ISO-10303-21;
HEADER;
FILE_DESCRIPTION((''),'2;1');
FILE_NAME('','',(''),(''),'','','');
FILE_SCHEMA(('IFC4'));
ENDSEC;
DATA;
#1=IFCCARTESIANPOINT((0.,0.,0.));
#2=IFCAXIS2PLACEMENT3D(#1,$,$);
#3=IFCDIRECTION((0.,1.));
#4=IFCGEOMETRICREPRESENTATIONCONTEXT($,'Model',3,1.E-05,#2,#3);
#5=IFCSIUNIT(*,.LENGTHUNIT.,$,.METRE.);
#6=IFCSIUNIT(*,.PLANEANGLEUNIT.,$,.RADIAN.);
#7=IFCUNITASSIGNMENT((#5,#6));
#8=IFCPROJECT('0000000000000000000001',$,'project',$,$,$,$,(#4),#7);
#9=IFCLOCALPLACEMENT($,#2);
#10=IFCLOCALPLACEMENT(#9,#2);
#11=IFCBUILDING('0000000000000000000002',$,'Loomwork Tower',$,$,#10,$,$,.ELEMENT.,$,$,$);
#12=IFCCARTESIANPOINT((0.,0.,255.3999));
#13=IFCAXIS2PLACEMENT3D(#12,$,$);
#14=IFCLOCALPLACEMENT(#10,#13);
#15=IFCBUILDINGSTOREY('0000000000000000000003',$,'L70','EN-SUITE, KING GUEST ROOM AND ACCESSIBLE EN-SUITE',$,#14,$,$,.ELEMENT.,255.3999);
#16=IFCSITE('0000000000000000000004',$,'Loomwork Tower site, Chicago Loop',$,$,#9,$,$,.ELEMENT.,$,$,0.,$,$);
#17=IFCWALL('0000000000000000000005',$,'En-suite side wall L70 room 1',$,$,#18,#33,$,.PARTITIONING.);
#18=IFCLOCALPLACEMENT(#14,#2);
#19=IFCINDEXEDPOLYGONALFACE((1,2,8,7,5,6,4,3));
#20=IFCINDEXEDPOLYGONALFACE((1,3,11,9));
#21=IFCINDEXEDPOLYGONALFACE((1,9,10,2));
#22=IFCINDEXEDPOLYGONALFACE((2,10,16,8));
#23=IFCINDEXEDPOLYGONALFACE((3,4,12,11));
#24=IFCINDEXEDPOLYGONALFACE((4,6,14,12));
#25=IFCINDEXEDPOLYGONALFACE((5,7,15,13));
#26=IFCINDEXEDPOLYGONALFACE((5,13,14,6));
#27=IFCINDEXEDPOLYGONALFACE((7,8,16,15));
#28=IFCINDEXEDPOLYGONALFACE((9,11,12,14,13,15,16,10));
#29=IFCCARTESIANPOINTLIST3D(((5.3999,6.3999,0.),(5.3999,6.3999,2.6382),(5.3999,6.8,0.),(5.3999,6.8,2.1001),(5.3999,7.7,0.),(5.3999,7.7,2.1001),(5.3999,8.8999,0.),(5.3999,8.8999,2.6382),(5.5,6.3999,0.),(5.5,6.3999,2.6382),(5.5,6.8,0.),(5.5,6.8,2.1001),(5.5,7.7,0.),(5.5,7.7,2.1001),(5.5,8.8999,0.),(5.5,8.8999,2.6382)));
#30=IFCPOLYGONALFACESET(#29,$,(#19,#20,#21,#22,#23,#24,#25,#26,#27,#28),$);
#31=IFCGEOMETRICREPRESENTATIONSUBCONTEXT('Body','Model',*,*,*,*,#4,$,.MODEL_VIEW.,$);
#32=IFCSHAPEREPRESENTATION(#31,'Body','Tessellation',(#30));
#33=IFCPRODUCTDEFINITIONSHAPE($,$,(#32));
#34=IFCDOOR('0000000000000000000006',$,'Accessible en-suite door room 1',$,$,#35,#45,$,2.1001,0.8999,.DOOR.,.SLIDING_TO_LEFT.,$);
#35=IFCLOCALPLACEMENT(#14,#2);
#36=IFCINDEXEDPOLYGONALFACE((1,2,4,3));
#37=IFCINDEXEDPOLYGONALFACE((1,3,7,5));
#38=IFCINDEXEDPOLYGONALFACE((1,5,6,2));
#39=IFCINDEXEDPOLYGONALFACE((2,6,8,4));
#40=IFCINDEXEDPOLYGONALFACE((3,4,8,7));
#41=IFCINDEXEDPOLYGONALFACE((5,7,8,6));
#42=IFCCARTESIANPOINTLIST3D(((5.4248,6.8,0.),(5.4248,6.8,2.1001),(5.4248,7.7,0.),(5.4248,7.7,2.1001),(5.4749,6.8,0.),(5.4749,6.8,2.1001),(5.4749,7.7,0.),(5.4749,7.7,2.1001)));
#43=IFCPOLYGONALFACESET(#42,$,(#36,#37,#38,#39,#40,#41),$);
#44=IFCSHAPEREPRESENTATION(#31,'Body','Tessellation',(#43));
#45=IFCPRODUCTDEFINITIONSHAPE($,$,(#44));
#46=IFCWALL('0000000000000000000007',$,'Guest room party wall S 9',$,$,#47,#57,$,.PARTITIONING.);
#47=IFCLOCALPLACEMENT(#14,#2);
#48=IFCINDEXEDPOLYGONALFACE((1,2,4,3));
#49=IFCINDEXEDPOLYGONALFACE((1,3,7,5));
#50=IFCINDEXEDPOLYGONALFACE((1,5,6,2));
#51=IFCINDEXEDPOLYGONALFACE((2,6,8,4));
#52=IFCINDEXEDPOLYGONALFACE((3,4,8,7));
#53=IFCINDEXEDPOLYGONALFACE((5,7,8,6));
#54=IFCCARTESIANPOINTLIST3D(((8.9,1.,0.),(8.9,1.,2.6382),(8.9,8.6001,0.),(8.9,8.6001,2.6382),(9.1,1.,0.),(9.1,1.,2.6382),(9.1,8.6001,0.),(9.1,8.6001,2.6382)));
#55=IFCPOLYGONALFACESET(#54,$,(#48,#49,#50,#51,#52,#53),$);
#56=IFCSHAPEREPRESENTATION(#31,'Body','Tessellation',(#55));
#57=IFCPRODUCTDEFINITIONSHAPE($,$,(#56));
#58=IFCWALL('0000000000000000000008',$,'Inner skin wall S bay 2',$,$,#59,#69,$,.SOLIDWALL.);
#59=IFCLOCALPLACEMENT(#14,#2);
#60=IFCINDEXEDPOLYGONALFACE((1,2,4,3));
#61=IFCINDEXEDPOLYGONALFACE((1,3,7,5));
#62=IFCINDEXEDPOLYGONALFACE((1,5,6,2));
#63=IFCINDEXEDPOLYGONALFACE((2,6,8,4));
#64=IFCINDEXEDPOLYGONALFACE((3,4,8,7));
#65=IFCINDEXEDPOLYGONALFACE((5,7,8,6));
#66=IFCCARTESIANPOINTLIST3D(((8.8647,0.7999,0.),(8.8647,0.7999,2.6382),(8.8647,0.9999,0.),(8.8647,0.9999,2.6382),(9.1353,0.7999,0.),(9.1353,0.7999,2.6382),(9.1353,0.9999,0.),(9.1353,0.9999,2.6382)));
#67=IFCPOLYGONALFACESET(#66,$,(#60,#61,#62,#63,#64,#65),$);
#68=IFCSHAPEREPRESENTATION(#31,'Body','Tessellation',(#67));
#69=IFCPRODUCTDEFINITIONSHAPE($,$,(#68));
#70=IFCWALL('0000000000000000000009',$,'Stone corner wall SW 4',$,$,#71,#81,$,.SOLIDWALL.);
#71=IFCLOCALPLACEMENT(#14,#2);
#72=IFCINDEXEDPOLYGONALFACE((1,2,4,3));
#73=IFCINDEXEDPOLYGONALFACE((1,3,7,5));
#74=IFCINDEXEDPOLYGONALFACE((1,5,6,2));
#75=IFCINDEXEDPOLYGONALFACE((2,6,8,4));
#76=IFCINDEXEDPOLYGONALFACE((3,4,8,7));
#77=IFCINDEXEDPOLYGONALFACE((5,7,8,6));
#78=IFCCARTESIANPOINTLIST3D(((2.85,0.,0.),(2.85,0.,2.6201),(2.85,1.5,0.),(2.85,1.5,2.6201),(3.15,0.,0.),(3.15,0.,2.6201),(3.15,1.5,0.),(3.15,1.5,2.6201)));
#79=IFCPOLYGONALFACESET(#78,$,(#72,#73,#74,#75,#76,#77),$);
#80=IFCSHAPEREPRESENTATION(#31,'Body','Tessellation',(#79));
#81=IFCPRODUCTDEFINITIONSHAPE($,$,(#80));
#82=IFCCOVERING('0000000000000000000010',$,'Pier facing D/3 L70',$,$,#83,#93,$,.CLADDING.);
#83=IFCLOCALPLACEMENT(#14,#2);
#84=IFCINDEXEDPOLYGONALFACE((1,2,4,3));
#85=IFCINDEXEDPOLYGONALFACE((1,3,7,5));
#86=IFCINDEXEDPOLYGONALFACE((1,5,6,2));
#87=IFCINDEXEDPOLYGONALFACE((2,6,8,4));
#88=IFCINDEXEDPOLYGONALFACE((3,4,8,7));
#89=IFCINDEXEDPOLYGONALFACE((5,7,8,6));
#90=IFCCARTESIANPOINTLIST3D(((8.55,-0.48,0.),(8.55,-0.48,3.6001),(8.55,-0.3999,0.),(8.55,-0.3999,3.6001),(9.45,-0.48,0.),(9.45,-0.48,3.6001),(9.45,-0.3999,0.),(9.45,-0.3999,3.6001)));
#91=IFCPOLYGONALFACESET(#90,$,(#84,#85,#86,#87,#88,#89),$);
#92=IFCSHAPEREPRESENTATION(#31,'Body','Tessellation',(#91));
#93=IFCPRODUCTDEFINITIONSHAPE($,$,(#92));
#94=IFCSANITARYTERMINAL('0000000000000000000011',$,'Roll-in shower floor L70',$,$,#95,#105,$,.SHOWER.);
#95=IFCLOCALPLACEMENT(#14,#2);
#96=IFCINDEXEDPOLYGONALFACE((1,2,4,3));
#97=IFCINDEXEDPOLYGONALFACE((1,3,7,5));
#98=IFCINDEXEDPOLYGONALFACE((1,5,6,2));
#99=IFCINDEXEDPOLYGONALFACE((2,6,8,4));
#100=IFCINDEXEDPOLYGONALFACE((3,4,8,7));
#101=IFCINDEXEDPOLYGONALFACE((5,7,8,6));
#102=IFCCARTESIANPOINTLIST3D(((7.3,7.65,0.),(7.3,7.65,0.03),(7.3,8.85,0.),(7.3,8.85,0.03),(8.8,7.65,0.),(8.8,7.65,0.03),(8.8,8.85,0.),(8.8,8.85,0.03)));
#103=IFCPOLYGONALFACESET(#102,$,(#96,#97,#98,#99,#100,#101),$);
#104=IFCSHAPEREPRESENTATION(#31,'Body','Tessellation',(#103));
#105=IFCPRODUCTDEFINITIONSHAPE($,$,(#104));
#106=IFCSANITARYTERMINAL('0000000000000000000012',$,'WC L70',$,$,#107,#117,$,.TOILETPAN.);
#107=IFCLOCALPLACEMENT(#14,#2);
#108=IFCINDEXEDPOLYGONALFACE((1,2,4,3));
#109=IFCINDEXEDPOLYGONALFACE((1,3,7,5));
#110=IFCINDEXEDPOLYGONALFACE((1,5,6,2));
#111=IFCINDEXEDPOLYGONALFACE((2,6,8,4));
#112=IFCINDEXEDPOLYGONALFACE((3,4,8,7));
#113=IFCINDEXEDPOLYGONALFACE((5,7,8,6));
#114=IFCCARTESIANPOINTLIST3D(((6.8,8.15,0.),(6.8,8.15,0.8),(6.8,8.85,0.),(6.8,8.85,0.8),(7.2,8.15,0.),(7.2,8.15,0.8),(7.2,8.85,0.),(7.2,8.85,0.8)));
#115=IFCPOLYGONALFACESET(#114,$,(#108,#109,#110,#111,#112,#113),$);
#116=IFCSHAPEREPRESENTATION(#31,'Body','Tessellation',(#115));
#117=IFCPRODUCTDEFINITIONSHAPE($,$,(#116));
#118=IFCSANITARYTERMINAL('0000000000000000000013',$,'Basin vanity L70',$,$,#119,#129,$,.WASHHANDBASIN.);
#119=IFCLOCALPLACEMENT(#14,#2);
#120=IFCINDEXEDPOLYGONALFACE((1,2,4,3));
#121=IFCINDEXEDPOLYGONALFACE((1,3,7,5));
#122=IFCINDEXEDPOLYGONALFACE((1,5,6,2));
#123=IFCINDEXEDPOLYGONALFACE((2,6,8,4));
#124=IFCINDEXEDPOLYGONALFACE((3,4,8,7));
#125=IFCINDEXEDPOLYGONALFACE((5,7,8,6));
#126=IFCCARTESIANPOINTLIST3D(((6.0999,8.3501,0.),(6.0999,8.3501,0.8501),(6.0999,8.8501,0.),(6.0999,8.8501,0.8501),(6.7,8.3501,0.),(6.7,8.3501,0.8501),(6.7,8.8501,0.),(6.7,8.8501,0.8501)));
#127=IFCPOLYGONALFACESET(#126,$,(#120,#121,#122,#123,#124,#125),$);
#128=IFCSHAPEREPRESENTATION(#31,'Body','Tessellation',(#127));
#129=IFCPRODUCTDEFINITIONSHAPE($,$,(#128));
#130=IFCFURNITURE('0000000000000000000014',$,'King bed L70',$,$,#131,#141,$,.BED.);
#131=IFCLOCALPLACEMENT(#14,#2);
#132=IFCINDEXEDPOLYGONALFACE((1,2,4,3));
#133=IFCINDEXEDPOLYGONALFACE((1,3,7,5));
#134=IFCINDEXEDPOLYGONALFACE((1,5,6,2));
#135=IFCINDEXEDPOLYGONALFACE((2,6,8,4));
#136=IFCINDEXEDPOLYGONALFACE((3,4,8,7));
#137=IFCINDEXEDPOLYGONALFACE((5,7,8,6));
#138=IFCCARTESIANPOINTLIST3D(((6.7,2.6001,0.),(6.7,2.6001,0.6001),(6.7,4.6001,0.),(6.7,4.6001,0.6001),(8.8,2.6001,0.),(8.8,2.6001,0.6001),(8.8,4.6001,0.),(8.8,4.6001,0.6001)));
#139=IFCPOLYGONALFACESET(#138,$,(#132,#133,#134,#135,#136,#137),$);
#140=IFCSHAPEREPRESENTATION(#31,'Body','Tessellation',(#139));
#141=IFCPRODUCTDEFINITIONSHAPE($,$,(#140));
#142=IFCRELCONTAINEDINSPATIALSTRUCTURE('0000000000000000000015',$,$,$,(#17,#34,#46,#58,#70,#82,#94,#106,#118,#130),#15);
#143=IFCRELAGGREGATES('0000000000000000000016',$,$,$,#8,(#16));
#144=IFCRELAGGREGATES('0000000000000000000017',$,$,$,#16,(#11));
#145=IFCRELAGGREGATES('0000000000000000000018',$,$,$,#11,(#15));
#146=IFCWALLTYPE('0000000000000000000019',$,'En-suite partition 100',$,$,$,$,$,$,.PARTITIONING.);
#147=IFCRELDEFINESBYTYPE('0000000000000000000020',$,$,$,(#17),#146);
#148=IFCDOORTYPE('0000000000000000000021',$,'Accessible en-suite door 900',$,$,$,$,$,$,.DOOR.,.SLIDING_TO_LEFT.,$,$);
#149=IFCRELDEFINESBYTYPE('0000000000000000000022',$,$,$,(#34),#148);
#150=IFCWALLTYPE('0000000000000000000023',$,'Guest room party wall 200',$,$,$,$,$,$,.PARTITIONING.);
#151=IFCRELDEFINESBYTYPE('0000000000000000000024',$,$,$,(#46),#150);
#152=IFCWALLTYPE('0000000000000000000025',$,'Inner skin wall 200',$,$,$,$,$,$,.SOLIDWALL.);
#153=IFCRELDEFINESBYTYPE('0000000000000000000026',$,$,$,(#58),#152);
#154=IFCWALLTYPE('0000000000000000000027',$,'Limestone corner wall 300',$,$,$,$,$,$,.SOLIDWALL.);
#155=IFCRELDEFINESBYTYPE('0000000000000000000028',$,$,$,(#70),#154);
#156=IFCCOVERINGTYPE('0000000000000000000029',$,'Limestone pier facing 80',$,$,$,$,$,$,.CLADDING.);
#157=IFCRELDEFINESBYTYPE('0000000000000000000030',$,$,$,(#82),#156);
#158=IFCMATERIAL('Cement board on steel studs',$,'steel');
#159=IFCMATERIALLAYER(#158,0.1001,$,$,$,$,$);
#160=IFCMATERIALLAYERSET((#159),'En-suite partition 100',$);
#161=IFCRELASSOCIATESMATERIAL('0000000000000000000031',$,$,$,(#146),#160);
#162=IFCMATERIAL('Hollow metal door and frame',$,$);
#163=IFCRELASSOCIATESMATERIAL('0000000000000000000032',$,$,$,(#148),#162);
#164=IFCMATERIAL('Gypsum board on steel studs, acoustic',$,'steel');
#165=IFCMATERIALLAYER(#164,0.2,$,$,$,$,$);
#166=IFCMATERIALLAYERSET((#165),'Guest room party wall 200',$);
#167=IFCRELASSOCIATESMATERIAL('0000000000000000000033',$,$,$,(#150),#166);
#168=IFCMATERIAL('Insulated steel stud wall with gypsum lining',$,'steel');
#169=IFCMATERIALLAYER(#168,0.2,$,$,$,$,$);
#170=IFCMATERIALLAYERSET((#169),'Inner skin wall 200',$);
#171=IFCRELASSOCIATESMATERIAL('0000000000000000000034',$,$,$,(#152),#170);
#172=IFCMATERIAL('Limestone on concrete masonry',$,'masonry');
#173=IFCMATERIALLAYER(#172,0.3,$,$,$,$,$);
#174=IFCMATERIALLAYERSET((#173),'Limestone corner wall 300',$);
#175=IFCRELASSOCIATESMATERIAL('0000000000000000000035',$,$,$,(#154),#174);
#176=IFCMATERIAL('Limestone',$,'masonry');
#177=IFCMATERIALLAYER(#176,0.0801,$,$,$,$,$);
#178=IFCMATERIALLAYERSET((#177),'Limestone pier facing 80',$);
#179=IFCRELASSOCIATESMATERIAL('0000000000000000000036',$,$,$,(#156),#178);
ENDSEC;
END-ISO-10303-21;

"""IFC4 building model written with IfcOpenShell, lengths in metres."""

from ifc_helpers import new_model, si_unit, direction, frame, frame_2d, origin, origin_2d, place, context, subcontext, project, spatial, rectangle, extrude, material, layer, layer_set, type_object, element, fill, save


model = new_model("IFC4")

# Units and contexts
model_context = context("Model", 3, precision=1e-05, world=origin(), true_north=direction((0.0, 1.0)))
body_context = subcontext(model_context, "Body", "Model", "MODEL_VIEW")
ifc_project = project(units=[si_unit("LENGTHUNIT", "METRE"), si_unit("PLANEANGLEUNIT", "RADIAN")], contexts=[model_context])

# Site, building, storey
site_placement = place(None, origin())
site = spatial("IfcSite", under=ifc_project, at=site_placement, Name="Loomwork Tower site, Chicago Loop", CompositionType="ELEMENT", RefElevation=0.0)
building_placement = place(site_placement, origin())
building = spatial("IfcBuilding", under=site, at=building_placement, Name="Loomwork Tower", CompositionType="ELEMENT")
storey_placement = place(building_placement, frame((0.0, 0.0, 255.3999)))
storey = spatial("IfcBuildingStorey", under=building, at=storey_placement, Name="L70", Description="EN-SUITE, KING GUEST ROOM AND ACCESSIBLE EN-SUITE", CompositionType="ELEMENT", Elevation=255.3999)

# Shared definitions
ifc_material_1 = material(Name="Cement board on steel studs", Category="steel")
ifc_layer_1 = layer(ifc_material_1, 0.1001)
ifc_layer_set_1 = layer_set([ifc_layer_1], Name="En-suite partition 100")
wall_type_1 = type_object("IfcWallType", Name="En-suite partition 100", PredefinedType="PARTITIONING", material=ifc_layer_set_1)

# Wall, opening, door
wall_1_placement = place(storey_placement, frame((5.45, 8.8999, 0.0), z_axis=(0.0, 0.0, 1.0), x_axis=(0.0, -1.0, 0.0)))
wall_1 = element("IfcWall", 1, at=wall_1_placement, inside=storey, type_object=wall_type_1, Name="En-suite side wall L70 room 1", PredefinedType="PARTITIONING", context=body_context, shape_type="SweptSolid", body=[
    extrude(rectangle(XDim=2.5, YDim=0.1001, at=frame_2d((1.25, 0.0))), origin(), (0.0, 0.0, 1.0), 2.6382),
])
opening_placement = place(wall_1_placement, frame((1.2, 0.0, 0.0)))
opening = element("IfcOpeningElement", 2, at=opening_placement, cuts=wall_1, PredefinedType="OPENING", context=body_context, shape_type="SweptSolid", body=[
    extrude(rectangle(XDim=0.8999, YDim=2.1001, at=frame_2d((0.45, 1.05))), frame((0.0, 0.0601, 0.0), z_axis=(0.0, -1.0, 0.0), x_axis=(1.0, 0.0, 0.0)), (0.0, 0.0, 1.0), 0.1201),
])
ifc_material_2 = material(Name="Hollow metal door and frame")
door_type = type_object("IfcDoorType", Name="Accessible en-suite door 900", OperationType="SLIDING_TO_LEFT", PredefinedType="DOOR", material=ifc_material_2)
door_placement = place(opening_placement, origin())
door = element("IfcDoor", 3, at=door_placement, inside=storey, type_object=door_type, Name="Accessible en-suite door room 1", OperationType="SLIDING_TO_LEFT", OverallHeight=2.1001, OverallWidth=0.8999, PredefinedType="DOOR", context=body_context, shape_type="SweptSolid", body=[
    extrude(rectangle(XDim=0.8999, YDim=2.1001, at=frame_2d((0.45, 1.05))), frame((0.0, 0.0249, 0.0), z_axis=(0.0, -1.0, 0.0), x_axis=(1.0, 0.0, 0.0)), (0.0, 0.0, 1.0), 0.05),
])
fill(opening, door)

# Walls
ifc_material_3 = material(Name="Gypsum board on steel studs, acoustic", Category="steel")
ifc_layer_2 = layer(ifc_material_3, 0.2)
ifc_layer_set_2 = layer_set([ifc_layer_2], Name="Guest room party wall 200")
wall_type_2 = type_object("IfcWallType", Name="Guest room party wall 200", PredefinedType="PARTITIONING", material=ifc_layer_set_2)
wall_2_placement = place(storey_placement, frame((9.0, 8.6001, 0.0), z_axis=(0.0, 0.0, 1.0), x_axis=(0.0, -1.0, 0.0)))
element("IfcWall", 4, at=wall_2_placement, inside=storey, type_object=wall_type_2, Name="Guest room party wall S 9", PredefinedType="PARTITIONING", context=body_context, shape_type="SweptSolid", body=[
    extrude(rectangle(XDim=7.6001, YDim=0.2, at=frame_2d((3.8, 0.0))), origin(), (0.0, 0.0, 1.0), 2.6382),
])
ifc_material_4 = material(Name="Insulated steel stud wall with gypsum lining", Category="steel")
ifc_layer_3 = layer(ifc_material_4, 0.2)
ifc_layer_set_3 = layer_set([ifc_layer_3], Name="Inner skin wall 200")
wall_type_3 = type_object("IfcWallType", Name="Inner skin wall 200", PredefinedType="SOLIDWALL", material=ifc_layer_set_3)
wall_3_placement = place(storey_placement, frame((8.8647, 0.8999, 0.0), z_axis=(0.0, 0.0, 1.0), x_axis=(1.0, 0.0, 0.0)))
element("IfcWall", 5, at=wall_3_placement, inside=storey, type_object=wall_type_3, Name="Inner skin wall S bay 2", PredefinedType="SOLIDWALL", context=body_context, shape_type="SweptSolid", body=[
    extrude(rectangle(XDim=0.2705, YDim=0.2, at=frame_2d((0.1353, 0.0))), origin(), (0.0, 0.0, 1.0), 2.6382),
])
ifc_material_5 = material(Name="Limestone on concrete masonry", Category="masonry")
ifc_layer_4 = layer(ifc_material_5, 0.3)
ifc_layer_set_4 = layer_set([ifc_layer_4], Name="Limestone corner wall 300")
wall_type_4 = type_object("IfcWallType", Name="Limestone corner wall 300", PredefinedType="SOLIDWALL", material=ifc_layer_set_4)
wall_4_placement = place(storey_placement, frame((3.0, 1.5, 0.0), z_axis=(0.0, 0.0, 1.0), x_axis=(0.0, -1.0, 0.0)))
element("IfcWall", 6, at=wall_4_placement, inside=storey, type_object=wall_type_4, Name="Stone corner wall SW 4", PredefinedType="SOLIDWALL", context=body_context, shape_type="SweptSolid", body=[
    extrude(rectangle(XDim=1.5, YDim=0.3, at=frame_2d((0.75, 0.0))), origin(), (0.0, 0.0, 1.0), 2.6201),
])

# Covering
ifc_material_6 = material(Name="Limestone", Category="masonry")
ifc_layer_5 = layer(ifc_material_6, 0.0801)
ifc_layer_set_5 = layer_set([ifc_layer_5], Name="Limestone pier facing 80")
covering_type = type_object("IfcCoveringType", Name="Limestone pier facing 80", PredefinedType="CLADDING", material=ifc_layer_set_5)
covering_placement = place(storey_placement, frame((9.0, -0.4399, 0.0), z_axis=(0.0, 0.0, 1.0), x_axis=(1.0, 0.0, 0.0)))
element("IfcCovering", 7, at=covering_placement, inside=storey, type_object=covering_type, Name="Pier facing D/3 L70", PredefinedType="CLADDING", context=body_context, shape_type="SweptSolid", body=[
    extrude(rectangle(XDim=0.8999, YDim=0.0801, at=origin_2d()), origin(), (0.0, 0.0, 1.0), 3.6001),
])

# Sanitary terminals
sanitary_terminal_1_placement = place(storey_placement, frame((8.05, 8.25, 0.0), z_axis=(0.0, 0.0, 1.0), x_axis=(1.0, 0.0, 0.0)))
element("IfcSanitaryTerminal", 8, at=sanitary_terminal_1_placement, inside=storey, Name="Roll-in shower floor L70", PredefinedType="SHOWER", context=body_context, shape_type="SweptSolid", body=[
    extrude(rectangle(XDim=1.5, YDim=1.2, at=origin_2d()), origin(), (0.0, 0.0, 1.0), 0.03),
])
sanitary_terminal_2_placement = place(storey_placement, frame((7.0, 8.5, 0.0), z_axis=(0.0, 0.0, 1.0), x_axis=(1.0, 0.0, 0.0)))
element("IfcSanitaryTerminal", 9, at=sanitary_terminal_2_placement, inside=storey, Name="WC L70", PredefinedType="TOILETPAN", context=body_context, shape_type="SweptSolid", body=[
    extrude(rectangle(XDim=0.3999, YDim=0.7, at=origin_2d()), origin(), (0.0, 0.0, 1.0), 0.8),
])
sanitary_terminal_3_placement = place(storey_placement, frame((6.3999, 8.6001, 0.0), z_axis=(0.0, 0.0, 1.0), x_axis=(1.0, 0.0, 0.0)))
element("IfcSanitaryTerminal", 10, at=sanitary_terminal_3_placement, inside=storey, Name="Basin vanity L70", PredefinedType="WASHHANDBASIN", context=body_context, shape_type="SweptSolid", body=[
    extrude(rectangle(XDim=0.6001, YDim=0.5, at=origin_2d()), origin(), (0.0, 0.0, 1.0), 0.8501),
])

# Furniture
furniture_placement = place(storey_placement, frame((7.75, 3.6001, 0.0), z_axis=(0.0, 0.0, 1.0), x_axis=(1.0, 0.0, 0.0)))
element("IfcFurniture", 11, at=furniture_placement, inside=storey, Name="King bed L70", PredefinedType="BED", context=body_context, shape_type="SweptSolid", body=[
    extrude(rectangle(XDim=2.1001, YDim=2.0, at=origin_2d()), origin(), (0.0, 0.0, 1.0), 0.6001),
])

save(model, "model.ifc")
